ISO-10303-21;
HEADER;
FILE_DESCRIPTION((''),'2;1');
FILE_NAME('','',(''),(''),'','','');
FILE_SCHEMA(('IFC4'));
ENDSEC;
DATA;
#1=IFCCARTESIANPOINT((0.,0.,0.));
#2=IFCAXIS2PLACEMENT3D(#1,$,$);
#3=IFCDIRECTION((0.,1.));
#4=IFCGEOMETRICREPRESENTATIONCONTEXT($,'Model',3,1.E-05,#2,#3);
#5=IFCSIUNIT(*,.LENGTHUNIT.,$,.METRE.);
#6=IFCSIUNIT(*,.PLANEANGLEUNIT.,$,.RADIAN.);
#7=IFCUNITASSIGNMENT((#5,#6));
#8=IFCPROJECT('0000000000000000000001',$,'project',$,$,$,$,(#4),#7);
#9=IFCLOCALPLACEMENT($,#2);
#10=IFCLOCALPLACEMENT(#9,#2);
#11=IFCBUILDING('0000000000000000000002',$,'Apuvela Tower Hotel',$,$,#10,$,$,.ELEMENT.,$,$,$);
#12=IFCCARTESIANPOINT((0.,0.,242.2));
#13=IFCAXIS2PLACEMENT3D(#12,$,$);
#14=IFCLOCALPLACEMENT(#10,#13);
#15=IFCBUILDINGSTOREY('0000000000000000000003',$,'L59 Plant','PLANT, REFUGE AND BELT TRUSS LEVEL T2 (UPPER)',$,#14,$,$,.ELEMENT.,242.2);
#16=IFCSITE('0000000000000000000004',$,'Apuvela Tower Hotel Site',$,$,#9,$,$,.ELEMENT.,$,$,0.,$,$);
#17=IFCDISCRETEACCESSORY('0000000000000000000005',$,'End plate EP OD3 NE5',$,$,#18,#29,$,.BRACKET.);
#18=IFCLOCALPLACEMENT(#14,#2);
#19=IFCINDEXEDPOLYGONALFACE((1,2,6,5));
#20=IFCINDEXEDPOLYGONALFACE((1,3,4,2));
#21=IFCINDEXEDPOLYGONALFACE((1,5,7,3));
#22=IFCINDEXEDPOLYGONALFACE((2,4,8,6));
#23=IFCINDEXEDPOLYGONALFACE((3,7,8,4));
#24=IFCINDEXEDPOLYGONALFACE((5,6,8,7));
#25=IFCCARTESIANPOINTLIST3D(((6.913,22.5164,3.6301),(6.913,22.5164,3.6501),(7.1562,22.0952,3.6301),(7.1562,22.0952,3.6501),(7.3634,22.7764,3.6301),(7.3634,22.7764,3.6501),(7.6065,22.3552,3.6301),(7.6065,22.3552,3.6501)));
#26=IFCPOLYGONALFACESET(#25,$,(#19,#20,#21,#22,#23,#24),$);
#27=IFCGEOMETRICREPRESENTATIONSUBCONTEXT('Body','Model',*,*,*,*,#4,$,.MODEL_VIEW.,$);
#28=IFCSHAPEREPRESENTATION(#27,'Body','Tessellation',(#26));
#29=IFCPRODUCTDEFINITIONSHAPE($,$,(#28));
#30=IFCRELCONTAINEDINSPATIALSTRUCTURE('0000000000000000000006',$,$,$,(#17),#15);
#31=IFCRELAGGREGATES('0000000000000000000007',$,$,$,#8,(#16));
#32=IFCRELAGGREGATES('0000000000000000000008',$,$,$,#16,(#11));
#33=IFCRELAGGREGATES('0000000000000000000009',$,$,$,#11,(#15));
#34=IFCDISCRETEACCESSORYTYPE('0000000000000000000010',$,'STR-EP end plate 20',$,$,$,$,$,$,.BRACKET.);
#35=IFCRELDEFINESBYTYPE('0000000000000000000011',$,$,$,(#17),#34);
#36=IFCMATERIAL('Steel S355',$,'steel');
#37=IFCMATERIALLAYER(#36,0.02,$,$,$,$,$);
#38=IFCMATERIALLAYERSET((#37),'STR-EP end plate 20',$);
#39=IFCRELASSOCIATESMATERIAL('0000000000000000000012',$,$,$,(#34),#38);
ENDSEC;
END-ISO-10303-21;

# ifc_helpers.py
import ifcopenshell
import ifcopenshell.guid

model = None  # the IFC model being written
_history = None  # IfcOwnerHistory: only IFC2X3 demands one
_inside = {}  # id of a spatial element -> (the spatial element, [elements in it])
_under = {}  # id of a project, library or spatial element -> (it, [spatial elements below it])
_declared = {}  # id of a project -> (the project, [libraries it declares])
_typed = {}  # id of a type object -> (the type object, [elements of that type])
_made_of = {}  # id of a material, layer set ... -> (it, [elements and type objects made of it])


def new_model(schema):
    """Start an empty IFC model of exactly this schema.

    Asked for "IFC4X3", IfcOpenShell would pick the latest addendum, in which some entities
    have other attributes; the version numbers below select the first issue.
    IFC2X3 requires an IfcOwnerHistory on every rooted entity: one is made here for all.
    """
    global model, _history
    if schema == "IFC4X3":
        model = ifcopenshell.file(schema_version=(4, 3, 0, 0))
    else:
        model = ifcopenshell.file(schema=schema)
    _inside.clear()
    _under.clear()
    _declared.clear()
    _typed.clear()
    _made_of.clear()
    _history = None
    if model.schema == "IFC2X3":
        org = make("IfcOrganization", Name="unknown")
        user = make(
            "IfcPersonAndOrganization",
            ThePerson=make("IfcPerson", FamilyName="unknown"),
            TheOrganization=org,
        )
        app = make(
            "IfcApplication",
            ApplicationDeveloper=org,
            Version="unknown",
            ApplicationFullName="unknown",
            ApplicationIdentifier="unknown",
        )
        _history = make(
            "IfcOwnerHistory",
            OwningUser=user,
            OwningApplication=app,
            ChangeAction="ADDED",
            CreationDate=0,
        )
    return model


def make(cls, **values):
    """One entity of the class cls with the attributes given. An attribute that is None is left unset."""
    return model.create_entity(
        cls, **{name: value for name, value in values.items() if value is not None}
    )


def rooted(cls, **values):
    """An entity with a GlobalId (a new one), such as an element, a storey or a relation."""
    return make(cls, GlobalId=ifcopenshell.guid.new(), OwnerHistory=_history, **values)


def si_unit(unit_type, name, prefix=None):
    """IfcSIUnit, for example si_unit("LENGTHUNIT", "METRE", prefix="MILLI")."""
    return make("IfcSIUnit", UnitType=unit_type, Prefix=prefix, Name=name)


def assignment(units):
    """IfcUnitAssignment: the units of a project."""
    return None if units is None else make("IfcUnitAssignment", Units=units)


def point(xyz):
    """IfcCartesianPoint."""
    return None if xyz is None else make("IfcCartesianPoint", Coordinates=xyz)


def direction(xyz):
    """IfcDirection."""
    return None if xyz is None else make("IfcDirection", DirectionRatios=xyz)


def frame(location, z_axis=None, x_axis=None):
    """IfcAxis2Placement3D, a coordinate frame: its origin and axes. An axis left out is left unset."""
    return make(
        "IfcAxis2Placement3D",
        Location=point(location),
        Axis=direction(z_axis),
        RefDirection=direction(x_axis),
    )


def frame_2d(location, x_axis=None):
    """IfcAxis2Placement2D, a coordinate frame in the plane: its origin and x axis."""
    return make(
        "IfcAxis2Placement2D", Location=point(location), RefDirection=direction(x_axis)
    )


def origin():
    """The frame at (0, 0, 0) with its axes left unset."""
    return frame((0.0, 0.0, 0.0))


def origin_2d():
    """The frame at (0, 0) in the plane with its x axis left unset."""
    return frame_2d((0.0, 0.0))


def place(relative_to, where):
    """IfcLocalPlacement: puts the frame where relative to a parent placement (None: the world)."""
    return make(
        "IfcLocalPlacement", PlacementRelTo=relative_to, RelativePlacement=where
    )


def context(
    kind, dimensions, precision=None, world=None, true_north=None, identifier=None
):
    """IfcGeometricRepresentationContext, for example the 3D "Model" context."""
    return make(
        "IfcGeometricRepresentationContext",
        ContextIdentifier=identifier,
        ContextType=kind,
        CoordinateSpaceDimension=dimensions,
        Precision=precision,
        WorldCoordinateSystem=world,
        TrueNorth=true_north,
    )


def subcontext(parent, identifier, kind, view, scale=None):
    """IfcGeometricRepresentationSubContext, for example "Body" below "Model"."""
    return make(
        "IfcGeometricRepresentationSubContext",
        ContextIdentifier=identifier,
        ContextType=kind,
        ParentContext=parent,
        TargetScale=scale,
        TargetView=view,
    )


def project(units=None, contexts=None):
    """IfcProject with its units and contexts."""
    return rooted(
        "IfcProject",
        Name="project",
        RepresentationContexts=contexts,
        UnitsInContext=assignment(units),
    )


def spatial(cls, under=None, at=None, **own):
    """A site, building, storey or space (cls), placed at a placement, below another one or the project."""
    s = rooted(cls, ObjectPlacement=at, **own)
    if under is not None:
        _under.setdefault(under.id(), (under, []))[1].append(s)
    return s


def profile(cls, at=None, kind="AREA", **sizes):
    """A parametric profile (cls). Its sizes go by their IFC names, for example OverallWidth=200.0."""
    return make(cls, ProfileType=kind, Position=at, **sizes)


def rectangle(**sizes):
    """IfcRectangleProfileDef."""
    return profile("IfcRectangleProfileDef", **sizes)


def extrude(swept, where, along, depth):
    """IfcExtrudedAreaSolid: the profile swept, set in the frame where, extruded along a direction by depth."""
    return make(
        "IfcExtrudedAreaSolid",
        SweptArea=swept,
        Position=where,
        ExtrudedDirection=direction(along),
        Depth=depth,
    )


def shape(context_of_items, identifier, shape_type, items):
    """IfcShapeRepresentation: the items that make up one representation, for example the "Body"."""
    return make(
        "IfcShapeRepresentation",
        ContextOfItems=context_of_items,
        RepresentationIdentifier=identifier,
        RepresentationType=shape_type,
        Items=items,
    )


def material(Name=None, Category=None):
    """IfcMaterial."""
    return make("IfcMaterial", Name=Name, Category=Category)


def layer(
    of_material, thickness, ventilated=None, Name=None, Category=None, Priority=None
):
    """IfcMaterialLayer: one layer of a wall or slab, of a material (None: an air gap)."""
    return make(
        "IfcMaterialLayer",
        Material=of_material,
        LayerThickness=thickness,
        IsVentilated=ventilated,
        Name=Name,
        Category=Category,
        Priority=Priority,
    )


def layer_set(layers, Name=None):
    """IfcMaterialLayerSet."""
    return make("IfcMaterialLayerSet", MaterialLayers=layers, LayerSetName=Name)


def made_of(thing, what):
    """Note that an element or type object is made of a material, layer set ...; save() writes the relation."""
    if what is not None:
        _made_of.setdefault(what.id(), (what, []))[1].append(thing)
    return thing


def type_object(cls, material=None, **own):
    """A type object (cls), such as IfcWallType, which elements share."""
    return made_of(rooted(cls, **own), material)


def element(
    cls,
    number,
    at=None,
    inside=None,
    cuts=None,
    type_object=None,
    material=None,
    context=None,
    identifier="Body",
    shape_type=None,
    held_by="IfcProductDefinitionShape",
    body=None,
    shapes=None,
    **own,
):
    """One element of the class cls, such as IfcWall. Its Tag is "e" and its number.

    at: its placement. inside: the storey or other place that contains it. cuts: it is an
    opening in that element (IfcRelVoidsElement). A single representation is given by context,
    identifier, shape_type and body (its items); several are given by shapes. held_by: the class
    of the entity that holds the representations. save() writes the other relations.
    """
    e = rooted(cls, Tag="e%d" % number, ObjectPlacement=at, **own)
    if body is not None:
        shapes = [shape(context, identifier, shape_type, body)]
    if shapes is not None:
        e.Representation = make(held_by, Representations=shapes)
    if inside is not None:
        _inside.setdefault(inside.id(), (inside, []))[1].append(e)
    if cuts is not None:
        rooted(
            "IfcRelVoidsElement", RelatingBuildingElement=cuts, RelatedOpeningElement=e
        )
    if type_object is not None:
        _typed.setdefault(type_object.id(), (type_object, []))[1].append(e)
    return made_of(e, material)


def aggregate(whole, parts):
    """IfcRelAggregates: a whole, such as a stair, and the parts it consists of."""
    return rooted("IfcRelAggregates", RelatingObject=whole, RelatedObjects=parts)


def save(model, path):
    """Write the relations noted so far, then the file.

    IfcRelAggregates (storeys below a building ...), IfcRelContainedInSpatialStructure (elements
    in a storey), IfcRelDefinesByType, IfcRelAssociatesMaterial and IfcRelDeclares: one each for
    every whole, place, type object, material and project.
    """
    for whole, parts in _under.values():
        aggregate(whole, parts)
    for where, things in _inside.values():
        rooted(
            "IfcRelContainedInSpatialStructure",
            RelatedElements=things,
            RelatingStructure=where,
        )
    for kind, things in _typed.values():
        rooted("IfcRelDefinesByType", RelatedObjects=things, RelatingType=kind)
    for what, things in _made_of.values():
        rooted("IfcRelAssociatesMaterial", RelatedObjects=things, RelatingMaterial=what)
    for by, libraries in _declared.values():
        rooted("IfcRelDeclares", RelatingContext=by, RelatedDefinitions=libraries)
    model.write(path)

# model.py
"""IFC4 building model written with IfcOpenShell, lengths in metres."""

from ifc_helpers import new_model, si_unit, direction, frame, origin, origin_2d, place, context, subcontext, project, spatial, rectangle, extrude, material, layer, layer_set, type_object, element, save


model = new_model("IFC4")

# Units and contexts
model_context = context("Model", 3, precision=1e-05, world=origin(), true_north=direction((0.0, 1.0)))
body_context = subcontext(model_context, "Body", "Model", "MODEL_VIEW")
ifc_project = project(units=[si_unit("LENGTHUNIT", "METRE"), si_unit("PLANEANGLEUNIT", "RADIAN")], contexts=[model_context])

# Site, building, storey
site_placement = place(None, origin())
site = spatial("IfcSite", under=ifc_project, at=site_placement, Name="Apuvela Tower Hotel Site", CompositionType="ELEMENT", RefElevation=0.0)
building_placement = place(site_placement, origin())
building = spatial("IfcBuilding", under=site, at=building_placement, Name="Apuvela Tower Hotel", CompositionType="ELEMENT")
storey_placement = place(building_placement, frame((0.0, 0.0, 242.2)))
storey = spatial("IfcBuildingStorey", under=building, at=storey_placement, Name="L59 Plant", Description="PLANT, REFUGE AND BELT TRUSS LEVEL T2 (UPPER)", CompositionType="ELEMENT", Elevation=242.2)

# Shared definitions
ifc_material_1 = material(Name="Steel S355", Category="steel")

# Discrete accessory
ifc_layer_1 = layer(ifc_material_1, 0.02)
ifc_layer_set_1 = layer_set([ifc_layer_1], Name="STR-EP end plate 20")
discrete_accessory_type = type_object("IfcDiscreteAccessoryType", Name="STR-EP end plate 20", PredefinedType="BRACKET", material=ifc_layer_set_1)
for number, where, z_axis, x_axis, name in (
    (1, (7.2598, 22.4358, 3.6301), (0.0, 0.0, 1.0), (0.866025, 0.5, 0.0), "End plate EP OD3 NE5"),
):
    element("IfcDiscreteAccessory", number, at=place(storey_placement, frame(where, z_axis=z_axis, x_axis=x_axis)), inside=storey, type_object=discrete_accessory_type, Name=name, PredefinedType="BRACKET", context=body_context, shape_type="SweptSolid", body=[
        extrude(rectangle(XDim=0.52, YDim=0.4863, at=origin_2d()), origin(), (0.0, 0.0, 1.0), 0.02),
    ])

save(model, "model.ifc")
